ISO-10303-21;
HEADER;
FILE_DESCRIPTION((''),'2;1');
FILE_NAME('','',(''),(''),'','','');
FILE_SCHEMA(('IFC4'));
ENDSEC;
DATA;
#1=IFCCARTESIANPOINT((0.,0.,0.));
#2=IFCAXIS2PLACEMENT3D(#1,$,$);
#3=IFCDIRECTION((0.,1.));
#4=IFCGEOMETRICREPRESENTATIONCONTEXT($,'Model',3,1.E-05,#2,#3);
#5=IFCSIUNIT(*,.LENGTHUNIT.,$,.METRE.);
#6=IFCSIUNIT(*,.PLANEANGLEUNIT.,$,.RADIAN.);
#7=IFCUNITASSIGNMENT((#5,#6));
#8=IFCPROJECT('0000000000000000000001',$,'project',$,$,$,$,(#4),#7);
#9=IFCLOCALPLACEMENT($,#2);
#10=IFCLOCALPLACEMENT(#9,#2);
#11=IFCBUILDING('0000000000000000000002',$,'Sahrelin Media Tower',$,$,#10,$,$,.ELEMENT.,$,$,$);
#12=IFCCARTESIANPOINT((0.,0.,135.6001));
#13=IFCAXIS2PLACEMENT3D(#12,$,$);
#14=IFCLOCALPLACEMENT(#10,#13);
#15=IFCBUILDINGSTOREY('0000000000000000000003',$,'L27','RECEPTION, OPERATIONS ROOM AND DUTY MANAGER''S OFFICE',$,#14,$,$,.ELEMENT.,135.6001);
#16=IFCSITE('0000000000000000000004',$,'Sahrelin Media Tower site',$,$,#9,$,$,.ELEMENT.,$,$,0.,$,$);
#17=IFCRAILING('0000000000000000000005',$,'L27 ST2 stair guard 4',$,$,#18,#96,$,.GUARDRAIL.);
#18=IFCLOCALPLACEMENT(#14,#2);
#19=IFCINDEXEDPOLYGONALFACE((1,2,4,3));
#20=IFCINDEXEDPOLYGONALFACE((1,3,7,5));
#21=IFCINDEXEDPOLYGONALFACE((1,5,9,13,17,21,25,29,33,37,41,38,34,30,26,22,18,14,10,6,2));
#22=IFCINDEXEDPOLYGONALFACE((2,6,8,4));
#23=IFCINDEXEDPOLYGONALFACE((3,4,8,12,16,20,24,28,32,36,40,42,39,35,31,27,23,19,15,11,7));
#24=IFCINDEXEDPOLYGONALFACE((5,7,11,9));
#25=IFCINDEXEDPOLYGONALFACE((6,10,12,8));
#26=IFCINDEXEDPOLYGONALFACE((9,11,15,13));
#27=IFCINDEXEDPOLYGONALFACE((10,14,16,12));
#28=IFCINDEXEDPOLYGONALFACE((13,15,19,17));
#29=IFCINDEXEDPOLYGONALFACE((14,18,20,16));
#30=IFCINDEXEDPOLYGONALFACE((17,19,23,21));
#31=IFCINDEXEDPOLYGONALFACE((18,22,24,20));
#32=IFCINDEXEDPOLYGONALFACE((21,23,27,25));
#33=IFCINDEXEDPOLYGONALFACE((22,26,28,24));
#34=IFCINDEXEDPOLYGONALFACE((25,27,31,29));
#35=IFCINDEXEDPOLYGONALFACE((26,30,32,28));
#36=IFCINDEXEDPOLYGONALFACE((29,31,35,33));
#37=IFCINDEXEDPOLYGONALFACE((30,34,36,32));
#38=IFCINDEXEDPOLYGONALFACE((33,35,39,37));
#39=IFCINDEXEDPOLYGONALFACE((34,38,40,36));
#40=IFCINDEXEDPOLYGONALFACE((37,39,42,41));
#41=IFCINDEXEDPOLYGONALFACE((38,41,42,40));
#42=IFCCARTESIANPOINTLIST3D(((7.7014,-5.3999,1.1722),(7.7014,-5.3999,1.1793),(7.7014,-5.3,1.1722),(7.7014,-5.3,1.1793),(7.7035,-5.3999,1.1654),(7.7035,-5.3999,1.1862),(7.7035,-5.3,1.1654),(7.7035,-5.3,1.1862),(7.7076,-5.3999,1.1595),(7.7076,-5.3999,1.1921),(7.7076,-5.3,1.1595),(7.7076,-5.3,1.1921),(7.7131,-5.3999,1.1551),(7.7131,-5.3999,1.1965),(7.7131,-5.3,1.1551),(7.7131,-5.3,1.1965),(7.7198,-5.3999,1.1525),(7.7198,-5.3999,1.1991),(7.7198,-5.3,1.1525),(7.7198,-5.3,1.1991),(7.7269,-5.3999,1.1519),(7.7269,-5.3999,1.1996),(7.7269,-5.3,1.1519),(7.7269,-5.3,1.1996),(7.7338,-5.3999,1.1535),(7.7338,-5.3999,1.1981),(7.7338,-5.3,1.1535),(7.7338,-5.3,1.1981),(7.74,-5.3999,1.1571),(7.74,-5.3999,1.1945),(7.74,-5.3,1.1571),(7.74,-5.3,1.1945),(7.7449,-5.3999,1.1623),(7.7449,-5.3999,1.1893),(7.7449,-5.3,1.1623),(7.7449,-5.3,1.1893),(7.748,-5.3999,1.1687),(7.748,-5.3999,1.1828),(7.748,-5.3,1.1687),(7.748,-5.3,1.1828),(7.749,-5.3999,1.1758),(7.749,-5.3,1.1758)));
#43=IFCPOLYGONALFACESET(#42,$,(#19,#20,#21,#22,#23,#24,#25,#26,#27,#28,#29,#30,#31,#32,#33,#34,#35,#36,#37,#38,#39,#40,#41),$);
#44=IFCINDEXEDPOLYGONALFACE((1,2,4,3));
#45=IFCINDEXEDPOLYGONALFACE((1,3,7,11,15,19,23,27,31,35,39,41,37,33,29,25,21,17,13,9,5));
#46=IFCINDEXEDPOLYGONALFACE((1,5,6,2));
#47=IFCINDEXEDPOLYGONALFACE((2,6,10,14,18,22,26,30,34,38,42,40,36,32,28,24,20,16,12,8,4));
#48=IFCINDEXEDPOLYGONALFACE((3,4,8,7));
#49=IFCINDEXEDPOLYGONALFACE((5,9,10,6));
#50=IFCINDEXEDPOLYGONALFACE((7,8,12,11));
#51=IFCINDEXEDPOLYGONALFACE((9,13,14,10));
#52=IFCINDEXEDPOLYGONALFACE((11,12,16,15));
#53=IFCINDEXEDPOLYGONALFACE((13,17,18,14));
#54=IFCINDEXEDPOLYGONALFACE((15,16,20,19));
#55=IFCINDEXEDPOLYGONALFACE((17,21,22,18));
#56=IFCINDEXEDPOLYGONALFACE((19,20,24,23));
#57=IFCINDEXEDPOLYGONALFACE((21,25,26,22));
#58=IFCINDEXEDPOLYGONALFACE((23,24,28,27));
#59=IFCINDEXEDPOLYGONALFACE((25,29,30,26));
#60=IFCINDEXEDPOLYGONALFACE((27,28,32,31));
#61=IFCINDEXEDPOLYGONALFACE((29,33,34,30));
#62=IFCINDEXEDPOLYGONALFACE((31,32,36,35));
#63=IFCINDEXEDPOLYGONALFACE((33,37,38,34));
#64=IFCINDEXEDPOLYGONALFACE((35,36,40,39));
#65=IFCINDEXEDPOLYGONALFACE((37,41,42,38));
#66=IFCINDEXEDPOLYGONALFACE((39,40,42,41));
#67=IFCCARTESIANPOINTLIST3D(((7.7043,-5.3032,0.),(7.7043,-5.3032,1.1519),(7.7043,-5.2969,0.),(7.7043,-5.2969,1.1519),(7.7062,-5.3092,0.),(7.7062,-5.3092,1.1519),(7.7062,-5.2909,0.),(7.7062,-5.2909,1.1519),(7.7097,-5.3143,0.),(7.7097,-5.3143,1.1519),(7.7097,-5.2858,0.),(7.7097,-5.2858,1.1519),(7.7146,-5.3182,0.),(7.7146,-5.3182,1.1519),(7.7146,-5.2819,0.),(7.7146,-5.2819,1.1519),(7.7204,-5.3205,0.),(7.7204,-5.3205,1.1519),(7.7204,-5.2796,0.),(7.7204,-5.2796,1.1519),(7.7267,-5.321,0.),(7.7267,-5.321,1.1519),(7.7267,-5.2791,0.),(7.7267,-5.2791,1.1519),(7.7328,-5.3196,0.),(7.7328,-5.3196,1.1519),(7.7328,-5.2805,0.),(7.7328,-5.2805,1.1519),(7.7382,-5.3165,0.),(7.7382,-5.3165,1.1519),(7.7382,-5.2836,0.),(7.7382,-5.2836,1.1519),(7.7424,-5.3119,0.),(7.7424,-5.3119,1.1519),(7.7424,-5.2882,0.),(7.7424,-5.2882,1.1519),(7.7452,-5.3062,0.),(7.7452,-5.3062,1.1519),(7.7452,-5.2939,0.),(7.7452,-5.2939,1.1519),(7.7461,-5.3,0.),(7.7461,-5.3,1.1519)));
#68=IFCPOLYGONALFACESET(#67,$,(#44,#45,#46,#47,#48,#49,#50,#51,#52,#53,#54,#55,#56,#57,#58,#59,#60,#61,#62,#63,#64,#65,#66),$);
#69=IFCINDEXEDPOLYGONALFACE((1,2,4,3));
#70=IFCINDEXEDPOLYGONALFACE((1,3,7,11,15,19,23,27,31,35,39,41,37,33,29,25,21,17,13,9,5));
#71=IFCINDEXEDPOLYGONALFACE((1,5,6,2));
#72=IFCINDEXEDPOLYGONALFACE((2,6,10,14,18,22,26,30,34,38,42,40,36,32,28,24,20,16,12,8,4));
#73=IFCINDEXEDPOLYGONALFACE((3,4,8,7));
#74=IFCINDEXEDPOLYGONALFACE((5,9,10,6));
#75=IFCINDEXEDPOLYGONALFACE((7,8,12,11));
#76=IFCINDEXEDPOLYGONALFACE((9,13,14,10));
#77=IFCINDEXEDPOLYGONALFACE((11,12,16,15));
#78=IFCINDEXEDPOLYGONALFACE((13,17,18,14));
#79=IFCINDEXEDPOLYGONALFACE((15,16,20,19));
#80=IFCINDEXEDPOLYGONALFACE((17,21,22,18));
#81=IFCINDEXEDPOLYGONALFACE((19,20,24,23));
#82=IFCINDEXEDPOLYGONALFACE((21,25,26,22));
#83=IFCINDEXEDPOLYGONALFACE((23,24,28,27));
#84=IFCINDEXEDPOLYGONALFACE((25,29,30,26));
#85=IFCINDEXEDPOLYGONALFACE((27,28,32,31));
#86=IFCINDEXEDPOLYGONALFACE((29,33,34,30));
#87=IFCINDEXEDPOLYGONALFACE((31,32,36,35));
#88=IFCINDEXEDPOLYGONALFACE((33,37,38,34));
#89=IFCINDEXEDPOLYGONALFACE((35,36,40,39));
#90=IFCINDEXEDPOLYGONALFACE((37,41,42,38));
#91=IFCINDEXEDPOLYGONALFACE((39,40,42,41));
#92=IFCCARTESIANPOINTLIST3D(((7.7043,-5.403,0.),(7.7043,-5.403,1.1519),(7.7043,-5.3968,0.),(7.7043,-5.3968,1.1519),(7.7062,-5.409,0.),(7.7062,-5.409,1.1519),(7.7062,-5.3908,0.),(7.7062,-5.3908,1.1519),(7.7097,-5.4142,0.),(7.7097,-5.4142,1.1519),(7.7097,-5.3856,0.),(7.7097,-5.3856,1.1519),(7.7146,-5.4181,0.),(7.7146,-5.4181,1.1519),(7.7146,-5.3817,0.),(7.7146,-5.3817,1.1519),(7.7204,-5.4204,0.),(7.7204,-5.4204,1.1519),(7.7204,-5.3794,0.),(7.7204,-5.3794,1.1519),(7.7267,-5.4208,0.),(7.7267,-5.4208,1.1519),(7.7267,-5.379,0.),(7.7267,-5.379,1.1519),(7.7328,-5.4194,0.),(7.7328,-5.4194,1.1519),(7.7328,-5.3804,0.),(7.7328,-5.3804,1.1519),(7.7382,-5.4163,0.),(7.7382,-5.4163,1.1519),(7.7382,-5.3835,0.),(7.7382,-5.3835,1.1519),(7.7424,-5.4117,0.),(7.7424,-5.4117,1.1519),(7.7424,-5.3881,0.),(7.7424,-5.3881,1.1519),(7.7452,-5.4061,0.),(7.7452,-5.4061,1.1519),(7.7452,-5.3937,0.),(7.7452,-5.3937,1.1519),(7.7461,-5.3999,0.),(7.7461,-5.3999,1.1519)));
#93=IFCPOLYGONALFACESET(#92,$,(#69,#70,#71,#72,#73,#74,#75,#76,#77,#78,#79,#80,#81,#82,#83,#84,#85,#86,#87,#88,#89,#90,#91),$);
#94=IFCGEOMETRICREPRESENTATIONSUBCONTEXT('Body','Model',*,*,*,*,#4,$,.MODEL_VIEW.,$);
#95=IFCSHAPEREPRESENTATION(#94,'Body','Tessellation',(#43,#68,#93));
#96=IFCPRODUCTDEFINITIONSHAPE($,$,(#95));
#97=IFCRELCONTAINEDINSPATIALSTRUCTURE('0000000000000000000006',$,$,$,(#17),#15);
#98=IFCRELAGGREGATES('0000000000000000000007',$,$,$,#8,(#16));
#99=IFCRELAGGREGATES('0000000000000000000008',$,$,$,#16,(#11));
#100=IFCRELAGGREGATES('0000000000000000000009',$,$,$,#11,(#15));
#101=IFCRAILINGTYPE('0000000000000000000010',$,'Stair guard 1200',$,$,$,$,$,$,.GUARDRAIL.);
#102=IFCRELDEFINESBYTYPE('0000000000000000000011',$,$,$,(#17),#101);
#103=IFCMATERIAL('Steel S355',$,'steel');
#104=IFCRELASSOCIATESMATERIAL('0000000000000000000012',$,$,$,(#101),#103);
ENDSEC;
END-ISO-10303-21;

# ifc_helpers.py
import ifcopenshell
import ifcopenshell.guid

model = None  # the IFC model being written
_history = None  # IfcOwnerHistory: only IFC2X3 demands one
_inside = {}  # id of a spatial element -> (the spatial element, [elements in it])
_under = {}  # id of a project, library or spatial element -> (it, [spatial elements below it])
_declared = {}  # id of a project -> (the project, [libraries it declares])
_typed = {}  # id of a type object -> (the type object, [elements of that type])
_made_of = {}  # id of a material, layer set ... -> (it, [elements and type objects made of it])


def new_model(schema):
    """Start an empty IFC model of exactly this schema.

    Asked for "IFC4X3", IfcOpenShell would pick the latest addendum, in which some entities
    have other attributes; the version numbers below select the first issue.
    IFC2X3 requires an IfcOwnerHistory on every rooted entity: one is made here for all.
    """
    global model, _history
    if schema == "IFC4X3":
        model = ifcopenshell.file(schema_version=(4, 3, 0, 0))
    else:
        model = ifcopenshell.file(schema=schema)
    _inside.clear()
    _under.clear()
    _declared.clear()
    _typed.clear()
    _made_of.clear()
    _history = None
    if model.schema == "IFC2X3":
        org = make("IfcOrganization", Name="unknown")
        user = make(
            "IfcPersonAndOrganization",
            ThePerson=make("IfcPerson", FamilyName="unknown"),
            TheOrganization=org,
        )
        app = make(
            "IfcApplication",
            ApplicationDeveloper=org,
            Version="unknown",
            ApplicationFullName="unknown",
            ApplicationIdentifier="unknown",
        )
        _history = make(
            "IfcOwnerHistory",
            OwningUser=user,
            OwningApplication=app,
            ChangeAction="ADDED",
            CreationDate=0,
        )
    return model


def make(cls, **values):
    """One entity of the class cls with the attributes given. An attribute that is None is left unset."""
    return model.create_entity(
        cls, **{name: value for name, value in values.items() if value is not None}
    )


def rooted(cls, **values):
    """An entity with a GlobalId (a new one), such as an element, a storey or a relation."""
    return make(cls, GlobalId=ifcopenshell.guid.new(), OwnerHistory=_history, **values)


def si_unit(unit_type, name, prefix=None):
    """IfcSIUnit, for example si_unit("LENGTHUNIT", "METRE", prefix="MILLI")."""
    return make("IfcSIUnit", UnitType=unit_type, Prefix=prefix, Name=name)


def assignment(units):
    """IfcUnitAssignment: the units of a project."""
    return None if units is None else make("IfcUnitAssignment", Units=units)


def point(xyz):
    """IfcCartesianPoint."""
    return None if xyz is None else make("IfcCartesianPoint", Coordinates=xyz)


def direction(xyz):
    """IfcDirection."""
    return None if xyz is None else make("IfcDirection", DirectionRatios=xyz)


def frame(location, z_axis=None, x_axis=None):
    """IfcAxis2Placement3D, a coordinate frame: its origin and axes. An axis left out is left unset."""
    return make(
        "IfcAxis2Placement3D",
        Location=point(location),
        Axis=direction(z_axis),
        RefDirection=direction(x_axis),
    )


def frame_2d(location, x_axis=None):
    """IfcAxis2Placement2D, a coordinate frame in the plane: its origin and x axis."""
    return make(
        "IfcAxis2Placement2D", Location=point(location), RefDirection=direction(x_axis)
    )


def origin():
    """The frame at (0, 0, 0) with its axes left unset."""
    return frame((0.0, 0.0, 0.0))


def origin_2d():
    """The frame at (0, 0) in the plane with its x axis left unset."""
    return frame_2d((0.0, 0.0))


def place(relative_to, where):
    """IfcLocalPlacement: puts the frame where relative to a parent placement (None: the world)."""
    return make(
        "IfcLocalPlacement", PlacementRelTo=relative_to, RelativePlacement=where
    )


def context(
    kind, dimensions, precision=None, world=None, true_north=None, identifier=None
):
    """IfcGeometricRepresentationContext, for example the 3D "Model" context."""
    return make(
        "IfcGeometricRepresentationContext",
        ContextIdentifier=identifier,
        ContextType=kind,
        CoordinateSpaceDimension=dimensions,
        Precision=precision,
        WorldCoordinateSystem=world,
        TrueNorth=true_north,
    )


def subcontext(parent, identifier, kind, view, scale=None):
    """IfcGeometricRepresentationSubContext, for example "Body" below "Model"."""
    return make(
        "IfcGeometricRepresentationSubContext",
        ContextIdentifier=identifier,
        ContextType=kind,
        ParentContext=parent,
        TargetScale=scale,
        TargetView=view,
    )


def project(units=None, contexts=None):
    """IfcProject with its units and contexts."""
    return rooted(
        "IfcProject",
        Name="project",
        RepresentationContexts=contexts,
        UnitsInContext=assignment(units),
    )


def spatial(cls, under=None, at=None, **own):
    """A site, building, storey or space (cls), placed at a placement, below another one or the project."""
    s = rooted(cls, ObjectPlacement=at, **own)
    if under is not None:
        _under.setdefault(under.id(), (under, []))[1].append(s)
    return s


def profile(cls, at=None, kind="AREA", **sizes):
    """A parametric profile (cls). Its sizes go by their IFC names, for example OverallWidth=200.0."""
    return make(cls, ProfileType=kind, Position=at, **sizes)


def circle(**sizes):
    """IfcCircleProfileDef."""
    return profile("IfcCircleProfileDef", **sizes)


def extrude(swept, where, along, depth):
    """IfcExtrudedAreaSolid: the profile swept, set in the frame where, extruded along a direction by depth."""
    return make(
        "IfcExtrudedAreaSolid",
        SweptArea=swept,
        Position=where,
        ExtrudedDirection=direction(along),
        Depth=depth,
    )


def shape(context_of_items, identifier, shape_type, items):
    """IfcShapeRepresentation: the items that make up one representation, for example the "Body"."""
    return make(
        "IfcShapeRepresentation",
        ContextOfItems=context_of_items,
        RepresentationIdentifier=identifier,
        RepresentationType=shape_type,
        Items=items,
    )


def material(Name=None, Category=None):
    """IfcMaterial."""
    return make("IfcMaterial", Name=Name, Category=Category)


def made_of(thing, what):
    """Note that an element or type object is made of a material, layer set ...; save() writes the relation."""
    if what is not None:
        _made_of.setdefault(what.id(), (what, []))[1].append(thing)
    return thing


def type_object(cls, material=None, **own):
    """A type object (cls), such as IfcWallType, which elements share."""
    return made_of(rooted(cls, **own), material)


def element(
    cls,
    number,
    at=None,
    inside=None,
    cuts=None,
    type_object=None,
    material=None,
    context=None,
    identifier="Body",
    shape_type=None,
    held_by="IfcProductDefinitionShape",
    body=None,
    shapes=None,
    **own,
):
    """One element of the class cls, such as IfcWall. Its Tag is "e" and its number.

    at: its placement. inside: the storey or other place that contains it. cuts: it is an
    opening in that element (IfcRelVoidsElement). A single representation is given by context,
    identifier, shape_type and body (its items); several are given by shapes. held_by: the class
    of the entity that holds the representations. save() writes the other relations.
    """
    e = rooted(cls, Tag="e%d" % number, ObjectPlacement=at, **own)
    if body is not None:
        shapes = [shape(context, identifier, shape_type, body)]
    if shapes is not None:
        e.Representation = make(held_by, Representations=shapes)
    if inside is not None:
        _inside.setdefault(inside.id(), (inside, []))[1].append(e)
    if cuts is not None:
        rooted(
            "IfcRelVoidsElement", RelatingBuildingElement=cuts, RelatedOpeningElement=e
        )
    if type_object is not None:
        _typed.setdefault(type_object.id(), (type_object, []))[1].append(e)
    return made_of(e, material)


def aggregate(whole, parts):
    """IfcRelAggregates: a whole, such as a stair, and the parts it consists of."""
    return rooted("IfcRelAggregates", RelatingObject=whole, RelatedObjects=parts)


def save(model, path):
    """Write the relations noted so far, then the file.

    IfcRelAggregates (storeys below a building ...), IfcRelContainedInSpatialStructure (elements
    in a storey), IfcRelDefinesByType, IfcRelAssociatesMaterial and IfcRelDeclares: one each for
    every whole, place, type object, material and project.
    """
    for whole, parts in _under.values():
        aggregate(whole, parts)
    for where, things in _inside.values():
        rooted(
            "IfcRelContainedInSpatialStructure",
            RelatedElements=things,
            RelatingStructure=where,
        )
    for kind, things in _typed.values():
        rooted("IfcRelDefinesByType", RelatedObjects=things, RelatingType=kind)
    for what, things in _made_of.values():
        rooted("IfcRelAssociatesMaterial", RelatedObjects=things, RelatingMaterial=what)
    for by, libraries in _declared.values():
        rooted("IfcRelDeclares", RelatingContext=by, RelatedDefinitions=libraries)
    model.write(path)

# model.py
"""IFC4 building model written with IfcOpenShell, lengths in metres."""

from ifc_helpers import new_model, si_unit, direction, frame, origin, origin_2d, place, context, subcontext, project, spatial, circle, extrude, material, type_object, element, save


model = new_model("IFC4")

# Units and contexts
model_context = context("Model", 3, precision=1e-05, world=origin(), true_north=direction((0.0, 1.0)))
body_context = subcontext(model_context, "Body", "Model", "MODEL_VIEW")
ifc_project = project(units=[si_unit("LENGTHUNIT", "METRE"), si_unit("PLANEANGLEUNIT", "RADIAN")], contexts=[model_context])

# Site, building, storey
site_placement = place(None, origin())
site = spatial("IfcSite", under=ifc_project, at=site_placement, Name="Sahrelin Media Tower site", CompositionType="ELEMENT", RefElevation=0.0)
building_placement = place(site_placement, origin())
building = spatial("IfcBuilding", under=site, at=building_placement, Name="Sahrelin Media Tower", CompositionType="ELEMENT")
storey_placement = place(building_placement, frame((0.0, 0.0, 135.6001)))
storey = spatial("IfcBuildingStorey", under=building, at=storey_placement, Name="L27", Description="RECEPTION, OPERATIONS ROOM AND DUTY MANAGER'S OFFICE", CompositionType="ELEMENT", Elevation=135.6001)

# Shared definitions
ifc_material_1 = material(Name="Steel S355", Category="steel")

# Railing
railing_type_1 = type_object("IfcRailingType", Name="Stair guard 1200", PredefinedType="GUARDRAIL", material=ifc_material_1)
railing_1_placement = place(storey_placement, frame((7.7251, -5.3, 0.0)))
element("IfcRailing", 1, at=railing_1_placement, inside=storey, type_object=railing_type_1, Name="L27 ST2 stair guard 4", PredefinedType="GUARDRAIL", context=body_context, shape_type="SweptSolid", body=[
    extrude(circle(Radius=0.0239, at=origin_2d()), frame((0.0, 0.0, 1.1758), z_axis=(0.0, -1.0, 0.0), x_axis=(1.0, 0.0, 0.0)), (0.0, 0.0, 1.0), 0.0999),
    extrude(circle(Radius=0.021, at=origin_2d()), origin(), (0.0, 0.0, 1.0), 1.1519),
    extrude(circle(Radius=0.021, at=origin_2d()), frame((0.0, -0.0999, 0.0)), (0.0, 0.0, 1.0), 1.1519),
])

save(model, "model.ifc")
